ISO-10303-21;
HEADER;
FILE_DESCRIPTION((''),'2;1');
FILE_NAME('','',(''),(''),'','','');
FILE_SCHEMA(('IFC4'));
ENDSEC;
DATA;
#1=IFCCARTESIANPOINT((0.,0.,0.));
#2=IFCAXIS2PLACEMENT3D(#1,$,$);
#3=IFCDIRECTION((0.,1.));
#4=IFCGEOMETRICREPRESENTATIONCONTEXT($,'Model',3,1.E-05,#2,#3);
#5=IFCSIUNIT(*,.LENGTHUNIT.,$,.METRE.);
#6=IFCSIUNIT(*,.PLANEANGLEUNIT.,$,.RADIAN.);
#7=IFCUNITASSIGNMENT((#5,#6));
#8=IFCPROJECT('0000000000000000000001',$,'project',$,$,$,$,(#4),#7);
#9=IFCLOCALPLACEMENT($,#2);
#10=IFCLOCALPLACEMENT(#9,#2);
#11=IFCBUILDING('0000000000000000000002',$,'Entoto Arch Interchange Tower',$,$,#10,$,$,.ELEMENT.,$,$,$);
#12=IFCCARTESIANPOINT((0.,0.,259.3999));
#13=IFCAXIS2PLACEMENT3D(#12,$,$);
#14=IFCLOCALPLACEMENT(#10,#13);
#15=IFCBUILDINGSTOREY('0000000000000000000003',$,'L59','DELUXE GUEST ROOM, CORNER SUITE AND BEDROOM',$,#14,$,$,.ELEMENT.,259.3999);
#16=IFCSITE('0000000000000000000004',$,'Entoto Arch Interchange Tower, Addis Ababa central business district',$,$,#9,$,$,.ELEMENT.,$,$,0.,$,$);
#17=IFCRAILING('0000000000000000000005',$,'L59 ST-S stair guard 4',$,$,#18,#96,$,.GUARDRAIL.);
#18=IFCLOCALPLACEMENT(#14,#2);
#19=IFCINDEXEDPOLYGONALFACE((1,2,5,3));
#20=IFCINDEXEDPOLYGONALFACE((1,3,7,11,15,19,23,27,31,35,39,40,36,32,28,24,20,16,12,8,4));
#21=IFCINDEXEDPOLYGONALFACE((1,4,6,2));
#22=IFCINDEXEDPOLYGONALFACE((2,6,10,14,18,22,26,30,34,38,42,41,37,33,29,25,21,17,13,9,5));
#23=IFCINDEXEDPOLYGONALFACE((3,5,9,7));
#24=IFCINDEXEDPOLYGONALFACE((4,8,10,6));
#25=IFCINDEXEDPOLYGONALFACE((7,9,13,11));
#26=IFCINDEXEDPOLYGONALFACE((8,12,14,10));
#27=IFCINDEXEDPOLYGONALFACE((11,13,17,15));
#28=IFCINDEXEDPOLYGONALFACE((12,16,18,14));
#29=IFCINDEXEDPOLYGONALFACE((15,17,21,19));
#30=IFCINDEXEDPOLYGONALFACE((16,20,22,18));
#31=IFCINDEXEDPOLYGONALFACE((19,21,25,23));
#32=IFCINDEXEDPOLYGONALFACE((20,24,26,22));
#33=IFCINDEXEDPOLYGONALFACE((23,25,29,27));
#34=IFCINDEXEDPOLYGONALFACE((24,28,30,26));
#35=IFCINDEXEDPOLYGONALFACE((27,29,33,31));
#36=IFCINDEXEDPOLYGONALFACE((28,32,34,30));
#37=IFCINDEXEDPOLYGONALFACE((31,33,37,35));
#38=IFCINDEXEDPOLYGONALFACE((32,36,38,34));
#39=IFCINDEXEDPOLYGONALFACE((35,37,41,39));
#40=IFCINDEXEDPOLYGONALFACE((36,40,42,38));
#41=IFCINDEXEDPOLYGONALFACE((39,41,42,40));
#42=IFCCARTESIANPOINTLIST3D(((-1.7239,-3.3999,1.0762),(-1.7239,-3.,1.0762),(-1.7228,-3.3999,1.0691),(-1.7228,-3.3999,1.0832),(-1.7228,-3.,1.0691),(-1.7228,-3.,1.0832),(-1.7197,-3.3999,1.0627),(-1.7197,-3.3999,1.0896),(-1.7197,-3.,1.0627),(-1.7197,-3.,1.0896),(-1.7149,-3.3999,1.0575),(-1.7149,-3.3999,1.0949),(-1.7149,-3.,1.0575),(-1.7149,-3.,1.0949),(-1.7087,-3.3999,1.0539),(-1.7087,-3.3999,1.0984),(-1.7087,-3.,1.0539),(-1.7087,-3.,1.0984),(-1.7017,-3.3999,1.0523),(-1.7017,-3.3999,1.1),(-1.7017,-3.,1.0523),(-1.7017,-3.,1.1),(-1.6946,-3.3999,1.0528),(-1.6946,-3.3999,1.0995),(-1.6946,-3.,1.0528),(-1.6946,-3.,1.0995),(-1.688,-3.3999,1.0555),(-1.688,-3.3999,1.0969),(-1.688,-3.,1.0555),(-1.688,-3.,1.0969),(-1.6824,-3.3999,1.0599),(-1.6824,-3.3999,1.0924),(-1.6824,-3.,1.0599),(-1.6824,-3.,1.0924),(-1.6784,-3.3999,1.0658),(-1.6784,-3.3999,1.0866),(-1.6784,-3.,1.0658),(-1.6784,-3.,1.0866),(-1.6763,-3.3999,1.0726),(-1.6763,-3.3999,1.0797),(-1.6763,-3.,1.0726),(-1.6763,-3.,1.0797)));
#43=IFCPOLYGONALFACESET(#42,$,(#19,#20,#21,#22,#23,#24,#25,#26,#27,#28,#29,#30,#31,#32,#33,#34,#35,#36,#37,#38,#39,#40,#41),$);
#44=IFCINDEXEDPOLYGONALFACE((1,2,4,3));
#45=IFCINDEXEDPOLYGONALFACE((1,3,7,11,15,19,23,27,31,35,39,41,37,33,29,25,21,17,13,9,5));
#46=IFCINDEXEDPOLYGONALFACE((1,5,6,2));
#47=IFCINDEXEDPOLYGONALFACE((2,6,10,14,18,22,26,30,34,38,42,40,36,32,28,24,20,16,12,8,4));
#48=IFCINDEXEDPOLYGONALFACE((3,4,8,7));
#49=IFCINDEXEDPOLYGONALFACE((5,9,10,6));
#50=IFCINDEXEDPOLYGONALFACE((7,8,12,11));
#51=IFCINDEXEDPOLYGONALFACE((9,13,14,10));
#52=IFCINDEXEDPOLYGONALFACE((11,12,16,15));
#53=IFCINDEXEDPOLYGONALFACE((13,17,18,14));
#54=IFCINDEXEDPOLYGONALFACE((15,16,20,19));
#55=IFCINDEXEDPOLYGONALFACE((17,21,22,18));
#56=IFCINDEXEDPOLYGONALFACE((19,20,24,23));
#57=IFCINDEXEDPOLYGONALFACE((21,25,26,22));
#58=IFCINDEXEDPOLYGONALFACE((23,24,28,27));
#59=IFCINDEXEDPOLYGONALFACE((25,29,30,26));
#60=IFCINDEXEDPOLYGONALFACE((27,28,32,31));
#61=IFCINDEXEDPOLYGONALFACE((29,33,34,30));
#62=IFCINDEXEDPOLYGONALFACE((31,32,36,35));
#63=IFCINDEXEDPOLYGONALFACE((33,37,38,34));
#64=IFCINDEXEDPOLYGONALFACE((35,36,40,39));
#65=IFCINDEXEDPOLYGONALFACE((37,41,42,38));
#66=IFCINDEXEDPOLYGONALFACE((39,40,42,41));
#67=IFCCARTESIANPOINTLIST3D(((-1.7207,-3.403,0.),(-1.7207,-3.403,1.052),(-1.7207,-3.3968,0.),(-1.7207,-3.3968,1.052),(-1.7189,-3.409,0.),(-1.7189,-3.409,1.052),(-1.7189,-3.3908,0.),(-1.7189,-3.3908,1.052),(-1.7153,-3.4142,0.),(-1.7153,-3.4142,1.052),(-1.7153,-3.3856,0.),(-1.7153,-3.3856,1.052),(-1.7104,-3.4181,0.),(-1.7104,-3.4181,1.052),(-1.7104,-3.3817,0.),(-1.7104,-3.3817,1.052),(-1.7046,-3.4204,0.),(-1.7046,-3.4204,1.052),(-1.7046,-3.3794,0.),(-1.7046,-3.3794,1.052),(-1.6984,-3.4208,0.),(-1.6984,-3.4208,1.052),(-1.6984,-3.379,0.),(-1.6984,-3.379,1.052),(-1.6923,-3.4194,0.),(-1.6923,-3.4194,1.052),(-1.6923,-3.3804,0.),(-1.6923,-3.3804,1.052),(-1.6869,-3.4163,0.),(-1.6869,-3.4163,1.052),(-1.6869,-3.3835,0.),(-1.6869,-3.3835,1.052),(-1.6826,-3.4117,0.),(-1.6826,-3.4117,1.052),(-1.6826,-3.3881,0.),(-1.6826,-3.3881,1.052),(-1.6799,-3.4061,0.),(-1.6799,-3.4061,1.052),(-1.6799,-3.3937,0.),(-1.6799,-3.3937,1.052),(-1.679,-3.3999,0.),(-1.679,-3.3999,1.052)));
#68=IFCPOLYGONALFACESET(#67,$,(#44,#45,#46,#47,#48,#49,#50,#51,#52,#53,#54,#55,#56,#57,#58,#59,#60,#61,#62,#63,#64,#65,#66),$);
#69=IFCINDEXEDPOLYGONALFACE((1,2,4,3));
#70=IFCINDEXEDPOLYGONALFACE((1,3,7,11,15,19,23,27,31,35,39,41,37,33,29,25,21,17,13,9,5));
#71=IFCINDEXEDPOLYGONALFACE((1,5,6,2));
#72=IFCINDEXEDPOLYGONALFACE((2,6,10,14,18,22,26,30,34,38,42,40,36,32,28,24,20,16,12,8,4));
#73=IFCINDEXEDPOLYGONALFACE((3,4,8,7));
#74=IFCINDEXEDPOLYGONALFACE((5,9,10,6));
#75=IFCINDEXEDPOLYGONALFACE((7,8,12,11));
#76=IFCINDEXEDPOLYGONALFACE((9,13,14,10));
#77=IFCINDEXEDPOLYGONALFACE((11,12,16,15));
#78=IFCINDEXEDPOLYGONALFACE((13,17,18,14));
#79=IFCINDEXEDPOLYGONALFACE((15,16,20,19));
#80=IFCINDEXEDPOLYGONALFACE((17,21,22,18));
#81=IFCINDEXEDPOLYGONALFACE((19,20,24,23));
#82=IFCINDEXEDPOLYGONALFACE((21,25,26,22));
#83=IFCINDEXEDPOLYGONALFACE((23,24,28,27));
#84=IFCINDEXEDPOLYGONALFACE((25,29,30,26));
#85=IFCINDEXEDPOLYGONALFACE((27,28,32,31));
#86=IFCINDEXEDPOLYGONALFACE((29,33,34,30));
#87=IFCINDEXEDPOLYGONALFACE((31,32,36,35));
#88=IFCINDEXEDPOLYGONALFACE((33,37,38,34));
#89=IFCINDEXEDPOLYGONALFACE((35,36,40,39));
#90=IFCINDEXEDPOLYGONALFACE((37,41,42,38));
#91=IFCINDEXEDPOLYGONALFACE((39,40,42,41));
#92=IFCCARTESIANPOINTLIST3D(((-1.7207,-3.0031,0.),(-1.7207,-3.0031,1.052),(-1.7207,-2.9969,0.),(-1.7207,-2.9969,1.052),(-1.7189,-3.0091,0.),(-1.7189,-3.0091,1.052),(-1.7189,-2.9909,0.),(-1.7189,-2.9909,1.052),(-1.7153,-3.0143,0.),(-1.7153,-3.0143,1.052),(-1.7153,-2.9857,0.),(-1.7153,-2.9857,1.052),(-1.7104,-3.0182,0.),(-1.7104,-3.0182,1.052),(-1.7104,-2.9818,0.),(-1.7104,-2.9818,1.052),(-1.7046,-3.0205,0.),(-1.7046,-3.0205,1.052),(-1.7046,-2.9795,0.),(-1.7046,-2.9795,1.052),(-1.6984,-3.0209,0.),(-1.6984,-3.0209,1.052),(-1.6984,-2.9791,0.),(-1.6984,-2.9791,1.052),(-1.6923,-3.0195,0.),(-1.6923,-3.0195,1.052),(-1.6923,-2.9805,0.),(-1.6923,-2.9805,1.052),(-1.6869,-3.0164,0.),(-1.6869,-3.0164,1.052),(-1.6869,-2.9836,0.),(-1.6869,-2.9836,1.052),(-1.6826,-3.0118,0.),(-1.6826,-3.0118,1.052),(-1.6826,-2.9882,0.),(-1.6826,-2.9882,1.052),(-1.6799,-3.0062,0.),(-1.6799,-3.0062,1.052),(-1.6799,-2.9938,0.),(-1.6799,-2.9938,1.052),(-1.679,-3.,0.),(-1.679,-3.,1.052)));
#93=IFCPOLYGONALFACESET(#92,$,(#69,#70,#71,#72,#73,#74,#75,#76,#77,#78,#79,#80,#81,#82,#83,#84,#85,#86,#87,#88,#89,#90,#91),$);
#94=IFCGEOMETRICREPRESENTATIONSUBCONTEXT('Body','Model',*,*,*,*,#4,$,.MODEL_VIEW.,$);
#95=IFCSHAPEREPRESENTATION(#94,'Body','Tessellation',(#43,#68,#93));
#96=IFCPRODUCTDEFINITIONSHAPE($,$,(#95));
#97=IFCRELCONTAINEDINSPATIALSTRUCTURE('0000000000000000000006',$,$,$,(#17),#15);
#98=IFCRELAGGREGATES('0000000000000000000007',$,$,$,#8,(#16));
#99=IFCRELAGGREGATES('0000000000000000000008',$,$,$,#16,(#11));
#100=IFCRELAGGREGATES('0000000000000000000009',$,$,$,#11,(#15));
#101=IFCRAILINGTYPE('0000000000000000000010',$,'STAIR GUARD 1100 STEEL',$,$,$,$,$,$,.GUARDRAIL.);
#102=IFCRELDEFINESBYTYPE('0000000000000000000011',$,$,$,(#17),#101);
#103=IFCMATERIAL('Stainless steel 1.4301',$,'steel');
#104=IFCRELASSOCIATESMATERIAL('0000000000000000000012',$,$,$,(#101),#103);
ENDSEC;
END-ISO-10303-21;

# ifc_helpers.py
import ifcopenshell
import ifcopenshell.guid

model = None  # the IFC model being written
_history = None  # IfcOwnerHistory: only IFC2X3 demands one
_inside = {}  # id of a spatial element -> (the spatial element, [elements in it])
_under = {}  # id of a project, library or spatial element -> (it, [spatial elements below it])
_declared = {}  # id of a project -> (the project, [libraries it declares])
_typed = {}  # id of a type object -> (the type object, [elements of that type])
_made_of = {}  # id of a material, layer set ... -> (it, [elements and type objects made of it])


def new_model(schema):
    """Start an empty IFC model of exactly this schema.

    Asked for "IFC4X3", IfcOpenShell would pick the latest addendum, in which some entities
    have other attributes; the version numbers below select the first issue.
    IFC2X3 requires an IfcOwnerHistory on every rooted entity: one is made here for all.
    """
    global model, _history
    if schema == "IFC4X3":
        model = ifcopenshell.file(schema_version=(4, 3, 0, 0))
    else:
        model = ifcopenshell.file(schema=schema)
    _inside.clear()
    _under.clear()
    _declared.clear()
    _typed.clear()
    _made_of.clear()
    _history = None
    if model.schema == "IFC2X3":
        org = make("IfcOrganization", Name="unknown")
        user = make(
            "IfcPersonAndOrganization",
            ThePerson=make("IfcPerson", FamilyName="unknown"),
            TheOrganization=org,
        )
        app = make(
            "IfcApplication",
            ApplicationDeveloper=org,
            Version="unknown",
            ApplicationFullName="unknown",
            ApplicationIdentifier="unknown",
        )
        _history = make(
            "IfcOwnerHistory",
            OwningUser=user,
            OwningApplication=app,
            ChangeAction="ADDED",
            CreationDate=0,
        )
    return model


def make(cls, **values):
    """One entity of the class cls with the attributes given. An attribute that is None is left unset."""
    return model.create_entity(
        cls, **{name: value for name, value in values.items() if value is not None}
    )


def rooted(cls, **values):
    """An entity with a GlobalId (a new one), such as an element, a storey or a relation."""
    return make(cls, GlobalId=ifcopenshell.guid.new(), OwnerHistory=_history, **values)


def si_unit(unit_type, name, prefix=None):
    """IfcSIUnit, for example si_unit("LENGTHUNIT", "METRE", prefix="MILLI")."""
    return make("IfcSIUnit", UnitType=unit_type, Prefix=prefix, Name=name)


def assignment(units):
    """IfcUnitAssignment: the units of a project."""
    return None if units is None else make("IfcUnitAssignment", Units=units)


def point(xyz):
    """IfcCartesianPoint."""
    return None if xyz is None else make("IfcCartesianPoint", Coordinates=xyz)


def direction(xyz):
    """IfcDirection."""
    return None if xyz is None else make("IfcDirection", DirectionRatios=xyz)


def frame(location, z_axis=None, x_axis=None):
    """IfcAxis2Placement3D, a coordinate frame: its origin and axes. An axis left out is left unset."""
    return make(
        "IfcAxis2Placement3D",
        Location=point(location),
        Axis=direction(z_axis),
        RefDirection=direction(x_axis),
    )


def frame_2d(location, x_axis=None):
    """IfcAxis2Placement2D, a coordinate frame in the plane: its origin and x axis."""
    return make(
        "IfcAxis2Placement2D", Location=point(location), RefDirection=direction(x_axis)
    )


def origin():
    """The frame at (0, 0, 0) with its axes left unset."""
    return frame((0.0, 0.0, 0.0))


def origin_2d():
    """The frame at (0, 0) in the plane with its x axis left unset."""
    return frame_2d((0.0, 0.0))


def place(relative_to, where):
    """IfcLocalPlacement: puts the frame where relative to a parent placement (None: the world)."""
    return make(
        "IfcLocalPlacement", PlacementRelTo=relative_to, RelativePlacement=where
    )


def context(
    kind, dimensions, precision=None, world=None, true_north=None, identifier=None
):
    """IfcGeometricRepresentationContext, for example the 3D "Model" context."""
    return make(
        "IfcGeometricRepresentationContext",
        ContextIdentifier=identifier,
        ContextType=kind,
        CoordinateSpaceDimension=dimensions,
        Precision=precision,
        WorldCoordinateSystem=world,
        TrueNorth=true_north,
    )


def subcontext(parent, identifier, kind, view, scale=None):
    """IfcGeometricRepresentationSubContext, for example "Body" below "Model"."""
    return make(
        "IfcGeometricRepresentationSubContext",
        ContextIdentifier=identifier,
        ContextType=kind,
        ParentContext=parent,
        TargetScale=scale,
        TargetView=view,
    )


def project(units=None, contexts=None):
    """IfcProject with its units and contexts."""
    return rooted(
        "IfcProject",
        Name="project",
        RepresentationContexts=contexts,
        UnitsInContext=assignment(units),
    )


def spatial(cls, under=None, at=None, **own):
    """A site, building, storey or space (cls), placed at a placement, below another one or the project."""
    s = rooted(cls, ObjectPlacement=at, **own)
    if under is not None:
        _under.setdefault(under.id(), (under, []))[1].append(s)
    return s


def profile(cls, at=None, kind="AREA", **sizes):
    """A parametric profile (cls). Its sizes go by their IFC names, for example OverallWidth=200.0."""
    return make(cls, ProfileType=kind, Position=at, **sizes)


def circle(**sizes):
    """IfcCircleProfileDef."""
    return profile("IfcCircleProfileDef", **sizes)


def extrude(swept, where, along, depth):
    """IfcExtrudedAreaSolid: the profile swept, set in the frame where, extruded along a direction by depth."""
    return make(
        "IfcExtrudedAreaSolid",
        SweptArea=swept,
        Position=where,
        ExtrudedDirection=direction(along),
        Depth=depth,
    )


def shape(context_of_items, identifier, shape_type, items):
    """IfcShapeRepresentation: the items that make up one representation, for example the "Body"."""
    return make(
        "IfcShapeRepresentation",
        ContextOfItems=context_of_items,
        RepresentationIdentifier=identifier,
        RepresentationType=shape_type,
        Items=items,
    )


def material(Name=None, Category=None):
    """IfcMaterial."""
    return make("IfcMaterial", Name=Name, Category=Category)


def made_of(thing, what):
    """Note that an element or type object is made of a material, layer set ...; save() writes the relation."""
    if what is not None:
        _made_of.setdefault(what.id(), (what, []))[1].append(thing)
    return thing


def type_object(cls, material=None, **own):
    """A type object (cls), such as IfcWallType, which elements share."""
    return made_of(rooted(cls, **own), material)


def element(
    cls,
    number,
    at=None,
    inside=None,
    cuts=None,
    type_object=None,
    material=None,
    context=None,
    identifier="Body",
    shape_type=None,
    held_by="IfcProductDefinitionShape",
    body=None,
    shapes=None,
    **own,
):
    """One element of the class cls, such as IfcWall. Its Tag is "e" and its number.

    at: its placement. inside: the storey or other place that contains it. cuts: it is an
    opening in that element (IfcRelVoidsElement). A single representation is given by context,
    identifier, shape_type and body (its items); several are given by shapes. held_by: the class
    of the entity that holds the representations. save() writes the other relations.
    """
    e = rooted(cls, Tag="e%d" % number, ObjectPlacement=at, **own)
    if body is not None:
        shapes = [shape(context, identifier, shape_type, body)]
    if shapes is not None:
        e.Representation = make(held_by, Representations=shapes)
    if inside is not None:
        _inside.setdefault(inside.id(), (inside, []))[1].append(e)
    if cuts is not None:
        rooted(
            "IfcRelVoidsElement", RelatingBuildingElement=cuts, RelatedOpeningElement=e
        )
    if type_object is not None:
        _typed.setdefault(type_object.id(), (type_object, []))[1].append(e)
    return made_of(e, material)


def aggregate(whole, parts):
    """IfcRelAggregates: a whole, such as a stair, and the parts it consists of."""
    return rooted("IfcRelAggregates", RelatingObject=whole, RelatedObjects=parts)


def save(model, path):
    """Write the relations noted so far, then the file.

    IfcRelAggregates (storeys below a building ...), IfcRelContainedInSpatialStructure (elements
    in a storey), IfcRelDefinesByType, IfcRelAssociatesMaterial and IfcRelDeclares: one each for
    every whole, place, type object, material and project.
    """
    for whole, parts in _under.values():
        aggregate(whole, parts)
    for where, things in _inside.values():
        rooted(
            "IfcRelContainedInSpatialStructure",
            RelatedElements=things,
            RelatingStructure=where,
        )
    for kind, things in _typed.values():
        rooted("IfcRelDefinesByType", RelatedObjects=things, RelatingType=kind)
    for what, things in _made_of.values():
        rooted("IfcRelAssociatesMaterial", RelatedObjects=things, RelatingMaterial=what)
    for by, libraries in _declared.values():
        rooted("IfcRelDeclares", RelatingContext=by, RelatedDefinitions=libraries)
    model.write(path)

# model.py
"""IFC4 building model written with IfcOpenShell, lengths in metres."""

from ifc_helpers import new_model, si_unit, direction, frame, origin, origin_2d, place, context, subcontext, project, spatial, circle, extrude, material, type_object, element, save


model = new_model("IFC4")

# Units and contexts
model_context = context("Model", 3, precision=1e-05, world=origin(), true_north=direction((0.0, 1.0)))
body_context = subcontext(model_context, "Body", "Model", "MODEL_VIEW")
ifc_project = project(units=[si_unit("LENGTHUNIT", "METRE"), si_unit("PLANEANGLEUNIT", "RADIAN")], contexts=[model_context])

# Site, building, storey
site_placement = place(None, origin())
site = spatial("IfcSite", under=ifc_project, at=site_placement, Name="Entoto Arch Interchange Tower, Addis Ababa central business district", CompositionType="ELEMENT", RefElevation=0.0)
building_placement = place(site_placement, origin())
building = spatial("IfcBuilding", under=site, at=building_placement, Name="Entoto Arch Interchange Tower", CompositionType="ELEMENT")
storey_placement = place(building_placement, frame((0.0, 0.0, 259.3999)))
storey = spatial("IfcBuildingStorey", under=building, at=storey_placement, Name="L59", Description="DELUXE GUEST ROOM, CORNER SUITE AND BEDROOM", CompositionType="ELEMENT", Elevation=259.3999)

# Railing
ifc_material_1 = material(Name="Stainless steel 1.4301", Category="steel")
railing_type_1 = type_object("IfcRailingType", Name="STAIR GUARD 1100 STEEL", PredefinedType="GUARDRAIL", material=ifc_material_1)
railing_1_placement = place(storey_placement, frame((-1.7, -3.3999, 0.0)))
element("IfcRailing", 1, at=railing_1_placement, inside=storey, type_object=railing_type_1, Name="L59 ST-S stair guard 4", PredefinedType="GUARDRAIL", context=body_context, shape_type="SweptSolid", body=[
    extrude(circle(Radius=0.0239, at=origin_2d()), frame((0.0, 0.0, 1.0762), z_axis=(0.0, 1.0, 0.0), x_axis=(-1.0, 0.0, 0.0)), (0.0, 0.0, 1.0), 0.3999),
    extrude(circle(Radius=0.021, at=origin_2d()), origin(), (0.0, 0.0, 1.0), 1.052),
    extrude(circle(Radius=0.021, at=origin_2d()), frame((0.0, 0.3999, 0.0)), (0.0, 0.0, 1.0), 1.052),
])

save(model, "model.ifc")
